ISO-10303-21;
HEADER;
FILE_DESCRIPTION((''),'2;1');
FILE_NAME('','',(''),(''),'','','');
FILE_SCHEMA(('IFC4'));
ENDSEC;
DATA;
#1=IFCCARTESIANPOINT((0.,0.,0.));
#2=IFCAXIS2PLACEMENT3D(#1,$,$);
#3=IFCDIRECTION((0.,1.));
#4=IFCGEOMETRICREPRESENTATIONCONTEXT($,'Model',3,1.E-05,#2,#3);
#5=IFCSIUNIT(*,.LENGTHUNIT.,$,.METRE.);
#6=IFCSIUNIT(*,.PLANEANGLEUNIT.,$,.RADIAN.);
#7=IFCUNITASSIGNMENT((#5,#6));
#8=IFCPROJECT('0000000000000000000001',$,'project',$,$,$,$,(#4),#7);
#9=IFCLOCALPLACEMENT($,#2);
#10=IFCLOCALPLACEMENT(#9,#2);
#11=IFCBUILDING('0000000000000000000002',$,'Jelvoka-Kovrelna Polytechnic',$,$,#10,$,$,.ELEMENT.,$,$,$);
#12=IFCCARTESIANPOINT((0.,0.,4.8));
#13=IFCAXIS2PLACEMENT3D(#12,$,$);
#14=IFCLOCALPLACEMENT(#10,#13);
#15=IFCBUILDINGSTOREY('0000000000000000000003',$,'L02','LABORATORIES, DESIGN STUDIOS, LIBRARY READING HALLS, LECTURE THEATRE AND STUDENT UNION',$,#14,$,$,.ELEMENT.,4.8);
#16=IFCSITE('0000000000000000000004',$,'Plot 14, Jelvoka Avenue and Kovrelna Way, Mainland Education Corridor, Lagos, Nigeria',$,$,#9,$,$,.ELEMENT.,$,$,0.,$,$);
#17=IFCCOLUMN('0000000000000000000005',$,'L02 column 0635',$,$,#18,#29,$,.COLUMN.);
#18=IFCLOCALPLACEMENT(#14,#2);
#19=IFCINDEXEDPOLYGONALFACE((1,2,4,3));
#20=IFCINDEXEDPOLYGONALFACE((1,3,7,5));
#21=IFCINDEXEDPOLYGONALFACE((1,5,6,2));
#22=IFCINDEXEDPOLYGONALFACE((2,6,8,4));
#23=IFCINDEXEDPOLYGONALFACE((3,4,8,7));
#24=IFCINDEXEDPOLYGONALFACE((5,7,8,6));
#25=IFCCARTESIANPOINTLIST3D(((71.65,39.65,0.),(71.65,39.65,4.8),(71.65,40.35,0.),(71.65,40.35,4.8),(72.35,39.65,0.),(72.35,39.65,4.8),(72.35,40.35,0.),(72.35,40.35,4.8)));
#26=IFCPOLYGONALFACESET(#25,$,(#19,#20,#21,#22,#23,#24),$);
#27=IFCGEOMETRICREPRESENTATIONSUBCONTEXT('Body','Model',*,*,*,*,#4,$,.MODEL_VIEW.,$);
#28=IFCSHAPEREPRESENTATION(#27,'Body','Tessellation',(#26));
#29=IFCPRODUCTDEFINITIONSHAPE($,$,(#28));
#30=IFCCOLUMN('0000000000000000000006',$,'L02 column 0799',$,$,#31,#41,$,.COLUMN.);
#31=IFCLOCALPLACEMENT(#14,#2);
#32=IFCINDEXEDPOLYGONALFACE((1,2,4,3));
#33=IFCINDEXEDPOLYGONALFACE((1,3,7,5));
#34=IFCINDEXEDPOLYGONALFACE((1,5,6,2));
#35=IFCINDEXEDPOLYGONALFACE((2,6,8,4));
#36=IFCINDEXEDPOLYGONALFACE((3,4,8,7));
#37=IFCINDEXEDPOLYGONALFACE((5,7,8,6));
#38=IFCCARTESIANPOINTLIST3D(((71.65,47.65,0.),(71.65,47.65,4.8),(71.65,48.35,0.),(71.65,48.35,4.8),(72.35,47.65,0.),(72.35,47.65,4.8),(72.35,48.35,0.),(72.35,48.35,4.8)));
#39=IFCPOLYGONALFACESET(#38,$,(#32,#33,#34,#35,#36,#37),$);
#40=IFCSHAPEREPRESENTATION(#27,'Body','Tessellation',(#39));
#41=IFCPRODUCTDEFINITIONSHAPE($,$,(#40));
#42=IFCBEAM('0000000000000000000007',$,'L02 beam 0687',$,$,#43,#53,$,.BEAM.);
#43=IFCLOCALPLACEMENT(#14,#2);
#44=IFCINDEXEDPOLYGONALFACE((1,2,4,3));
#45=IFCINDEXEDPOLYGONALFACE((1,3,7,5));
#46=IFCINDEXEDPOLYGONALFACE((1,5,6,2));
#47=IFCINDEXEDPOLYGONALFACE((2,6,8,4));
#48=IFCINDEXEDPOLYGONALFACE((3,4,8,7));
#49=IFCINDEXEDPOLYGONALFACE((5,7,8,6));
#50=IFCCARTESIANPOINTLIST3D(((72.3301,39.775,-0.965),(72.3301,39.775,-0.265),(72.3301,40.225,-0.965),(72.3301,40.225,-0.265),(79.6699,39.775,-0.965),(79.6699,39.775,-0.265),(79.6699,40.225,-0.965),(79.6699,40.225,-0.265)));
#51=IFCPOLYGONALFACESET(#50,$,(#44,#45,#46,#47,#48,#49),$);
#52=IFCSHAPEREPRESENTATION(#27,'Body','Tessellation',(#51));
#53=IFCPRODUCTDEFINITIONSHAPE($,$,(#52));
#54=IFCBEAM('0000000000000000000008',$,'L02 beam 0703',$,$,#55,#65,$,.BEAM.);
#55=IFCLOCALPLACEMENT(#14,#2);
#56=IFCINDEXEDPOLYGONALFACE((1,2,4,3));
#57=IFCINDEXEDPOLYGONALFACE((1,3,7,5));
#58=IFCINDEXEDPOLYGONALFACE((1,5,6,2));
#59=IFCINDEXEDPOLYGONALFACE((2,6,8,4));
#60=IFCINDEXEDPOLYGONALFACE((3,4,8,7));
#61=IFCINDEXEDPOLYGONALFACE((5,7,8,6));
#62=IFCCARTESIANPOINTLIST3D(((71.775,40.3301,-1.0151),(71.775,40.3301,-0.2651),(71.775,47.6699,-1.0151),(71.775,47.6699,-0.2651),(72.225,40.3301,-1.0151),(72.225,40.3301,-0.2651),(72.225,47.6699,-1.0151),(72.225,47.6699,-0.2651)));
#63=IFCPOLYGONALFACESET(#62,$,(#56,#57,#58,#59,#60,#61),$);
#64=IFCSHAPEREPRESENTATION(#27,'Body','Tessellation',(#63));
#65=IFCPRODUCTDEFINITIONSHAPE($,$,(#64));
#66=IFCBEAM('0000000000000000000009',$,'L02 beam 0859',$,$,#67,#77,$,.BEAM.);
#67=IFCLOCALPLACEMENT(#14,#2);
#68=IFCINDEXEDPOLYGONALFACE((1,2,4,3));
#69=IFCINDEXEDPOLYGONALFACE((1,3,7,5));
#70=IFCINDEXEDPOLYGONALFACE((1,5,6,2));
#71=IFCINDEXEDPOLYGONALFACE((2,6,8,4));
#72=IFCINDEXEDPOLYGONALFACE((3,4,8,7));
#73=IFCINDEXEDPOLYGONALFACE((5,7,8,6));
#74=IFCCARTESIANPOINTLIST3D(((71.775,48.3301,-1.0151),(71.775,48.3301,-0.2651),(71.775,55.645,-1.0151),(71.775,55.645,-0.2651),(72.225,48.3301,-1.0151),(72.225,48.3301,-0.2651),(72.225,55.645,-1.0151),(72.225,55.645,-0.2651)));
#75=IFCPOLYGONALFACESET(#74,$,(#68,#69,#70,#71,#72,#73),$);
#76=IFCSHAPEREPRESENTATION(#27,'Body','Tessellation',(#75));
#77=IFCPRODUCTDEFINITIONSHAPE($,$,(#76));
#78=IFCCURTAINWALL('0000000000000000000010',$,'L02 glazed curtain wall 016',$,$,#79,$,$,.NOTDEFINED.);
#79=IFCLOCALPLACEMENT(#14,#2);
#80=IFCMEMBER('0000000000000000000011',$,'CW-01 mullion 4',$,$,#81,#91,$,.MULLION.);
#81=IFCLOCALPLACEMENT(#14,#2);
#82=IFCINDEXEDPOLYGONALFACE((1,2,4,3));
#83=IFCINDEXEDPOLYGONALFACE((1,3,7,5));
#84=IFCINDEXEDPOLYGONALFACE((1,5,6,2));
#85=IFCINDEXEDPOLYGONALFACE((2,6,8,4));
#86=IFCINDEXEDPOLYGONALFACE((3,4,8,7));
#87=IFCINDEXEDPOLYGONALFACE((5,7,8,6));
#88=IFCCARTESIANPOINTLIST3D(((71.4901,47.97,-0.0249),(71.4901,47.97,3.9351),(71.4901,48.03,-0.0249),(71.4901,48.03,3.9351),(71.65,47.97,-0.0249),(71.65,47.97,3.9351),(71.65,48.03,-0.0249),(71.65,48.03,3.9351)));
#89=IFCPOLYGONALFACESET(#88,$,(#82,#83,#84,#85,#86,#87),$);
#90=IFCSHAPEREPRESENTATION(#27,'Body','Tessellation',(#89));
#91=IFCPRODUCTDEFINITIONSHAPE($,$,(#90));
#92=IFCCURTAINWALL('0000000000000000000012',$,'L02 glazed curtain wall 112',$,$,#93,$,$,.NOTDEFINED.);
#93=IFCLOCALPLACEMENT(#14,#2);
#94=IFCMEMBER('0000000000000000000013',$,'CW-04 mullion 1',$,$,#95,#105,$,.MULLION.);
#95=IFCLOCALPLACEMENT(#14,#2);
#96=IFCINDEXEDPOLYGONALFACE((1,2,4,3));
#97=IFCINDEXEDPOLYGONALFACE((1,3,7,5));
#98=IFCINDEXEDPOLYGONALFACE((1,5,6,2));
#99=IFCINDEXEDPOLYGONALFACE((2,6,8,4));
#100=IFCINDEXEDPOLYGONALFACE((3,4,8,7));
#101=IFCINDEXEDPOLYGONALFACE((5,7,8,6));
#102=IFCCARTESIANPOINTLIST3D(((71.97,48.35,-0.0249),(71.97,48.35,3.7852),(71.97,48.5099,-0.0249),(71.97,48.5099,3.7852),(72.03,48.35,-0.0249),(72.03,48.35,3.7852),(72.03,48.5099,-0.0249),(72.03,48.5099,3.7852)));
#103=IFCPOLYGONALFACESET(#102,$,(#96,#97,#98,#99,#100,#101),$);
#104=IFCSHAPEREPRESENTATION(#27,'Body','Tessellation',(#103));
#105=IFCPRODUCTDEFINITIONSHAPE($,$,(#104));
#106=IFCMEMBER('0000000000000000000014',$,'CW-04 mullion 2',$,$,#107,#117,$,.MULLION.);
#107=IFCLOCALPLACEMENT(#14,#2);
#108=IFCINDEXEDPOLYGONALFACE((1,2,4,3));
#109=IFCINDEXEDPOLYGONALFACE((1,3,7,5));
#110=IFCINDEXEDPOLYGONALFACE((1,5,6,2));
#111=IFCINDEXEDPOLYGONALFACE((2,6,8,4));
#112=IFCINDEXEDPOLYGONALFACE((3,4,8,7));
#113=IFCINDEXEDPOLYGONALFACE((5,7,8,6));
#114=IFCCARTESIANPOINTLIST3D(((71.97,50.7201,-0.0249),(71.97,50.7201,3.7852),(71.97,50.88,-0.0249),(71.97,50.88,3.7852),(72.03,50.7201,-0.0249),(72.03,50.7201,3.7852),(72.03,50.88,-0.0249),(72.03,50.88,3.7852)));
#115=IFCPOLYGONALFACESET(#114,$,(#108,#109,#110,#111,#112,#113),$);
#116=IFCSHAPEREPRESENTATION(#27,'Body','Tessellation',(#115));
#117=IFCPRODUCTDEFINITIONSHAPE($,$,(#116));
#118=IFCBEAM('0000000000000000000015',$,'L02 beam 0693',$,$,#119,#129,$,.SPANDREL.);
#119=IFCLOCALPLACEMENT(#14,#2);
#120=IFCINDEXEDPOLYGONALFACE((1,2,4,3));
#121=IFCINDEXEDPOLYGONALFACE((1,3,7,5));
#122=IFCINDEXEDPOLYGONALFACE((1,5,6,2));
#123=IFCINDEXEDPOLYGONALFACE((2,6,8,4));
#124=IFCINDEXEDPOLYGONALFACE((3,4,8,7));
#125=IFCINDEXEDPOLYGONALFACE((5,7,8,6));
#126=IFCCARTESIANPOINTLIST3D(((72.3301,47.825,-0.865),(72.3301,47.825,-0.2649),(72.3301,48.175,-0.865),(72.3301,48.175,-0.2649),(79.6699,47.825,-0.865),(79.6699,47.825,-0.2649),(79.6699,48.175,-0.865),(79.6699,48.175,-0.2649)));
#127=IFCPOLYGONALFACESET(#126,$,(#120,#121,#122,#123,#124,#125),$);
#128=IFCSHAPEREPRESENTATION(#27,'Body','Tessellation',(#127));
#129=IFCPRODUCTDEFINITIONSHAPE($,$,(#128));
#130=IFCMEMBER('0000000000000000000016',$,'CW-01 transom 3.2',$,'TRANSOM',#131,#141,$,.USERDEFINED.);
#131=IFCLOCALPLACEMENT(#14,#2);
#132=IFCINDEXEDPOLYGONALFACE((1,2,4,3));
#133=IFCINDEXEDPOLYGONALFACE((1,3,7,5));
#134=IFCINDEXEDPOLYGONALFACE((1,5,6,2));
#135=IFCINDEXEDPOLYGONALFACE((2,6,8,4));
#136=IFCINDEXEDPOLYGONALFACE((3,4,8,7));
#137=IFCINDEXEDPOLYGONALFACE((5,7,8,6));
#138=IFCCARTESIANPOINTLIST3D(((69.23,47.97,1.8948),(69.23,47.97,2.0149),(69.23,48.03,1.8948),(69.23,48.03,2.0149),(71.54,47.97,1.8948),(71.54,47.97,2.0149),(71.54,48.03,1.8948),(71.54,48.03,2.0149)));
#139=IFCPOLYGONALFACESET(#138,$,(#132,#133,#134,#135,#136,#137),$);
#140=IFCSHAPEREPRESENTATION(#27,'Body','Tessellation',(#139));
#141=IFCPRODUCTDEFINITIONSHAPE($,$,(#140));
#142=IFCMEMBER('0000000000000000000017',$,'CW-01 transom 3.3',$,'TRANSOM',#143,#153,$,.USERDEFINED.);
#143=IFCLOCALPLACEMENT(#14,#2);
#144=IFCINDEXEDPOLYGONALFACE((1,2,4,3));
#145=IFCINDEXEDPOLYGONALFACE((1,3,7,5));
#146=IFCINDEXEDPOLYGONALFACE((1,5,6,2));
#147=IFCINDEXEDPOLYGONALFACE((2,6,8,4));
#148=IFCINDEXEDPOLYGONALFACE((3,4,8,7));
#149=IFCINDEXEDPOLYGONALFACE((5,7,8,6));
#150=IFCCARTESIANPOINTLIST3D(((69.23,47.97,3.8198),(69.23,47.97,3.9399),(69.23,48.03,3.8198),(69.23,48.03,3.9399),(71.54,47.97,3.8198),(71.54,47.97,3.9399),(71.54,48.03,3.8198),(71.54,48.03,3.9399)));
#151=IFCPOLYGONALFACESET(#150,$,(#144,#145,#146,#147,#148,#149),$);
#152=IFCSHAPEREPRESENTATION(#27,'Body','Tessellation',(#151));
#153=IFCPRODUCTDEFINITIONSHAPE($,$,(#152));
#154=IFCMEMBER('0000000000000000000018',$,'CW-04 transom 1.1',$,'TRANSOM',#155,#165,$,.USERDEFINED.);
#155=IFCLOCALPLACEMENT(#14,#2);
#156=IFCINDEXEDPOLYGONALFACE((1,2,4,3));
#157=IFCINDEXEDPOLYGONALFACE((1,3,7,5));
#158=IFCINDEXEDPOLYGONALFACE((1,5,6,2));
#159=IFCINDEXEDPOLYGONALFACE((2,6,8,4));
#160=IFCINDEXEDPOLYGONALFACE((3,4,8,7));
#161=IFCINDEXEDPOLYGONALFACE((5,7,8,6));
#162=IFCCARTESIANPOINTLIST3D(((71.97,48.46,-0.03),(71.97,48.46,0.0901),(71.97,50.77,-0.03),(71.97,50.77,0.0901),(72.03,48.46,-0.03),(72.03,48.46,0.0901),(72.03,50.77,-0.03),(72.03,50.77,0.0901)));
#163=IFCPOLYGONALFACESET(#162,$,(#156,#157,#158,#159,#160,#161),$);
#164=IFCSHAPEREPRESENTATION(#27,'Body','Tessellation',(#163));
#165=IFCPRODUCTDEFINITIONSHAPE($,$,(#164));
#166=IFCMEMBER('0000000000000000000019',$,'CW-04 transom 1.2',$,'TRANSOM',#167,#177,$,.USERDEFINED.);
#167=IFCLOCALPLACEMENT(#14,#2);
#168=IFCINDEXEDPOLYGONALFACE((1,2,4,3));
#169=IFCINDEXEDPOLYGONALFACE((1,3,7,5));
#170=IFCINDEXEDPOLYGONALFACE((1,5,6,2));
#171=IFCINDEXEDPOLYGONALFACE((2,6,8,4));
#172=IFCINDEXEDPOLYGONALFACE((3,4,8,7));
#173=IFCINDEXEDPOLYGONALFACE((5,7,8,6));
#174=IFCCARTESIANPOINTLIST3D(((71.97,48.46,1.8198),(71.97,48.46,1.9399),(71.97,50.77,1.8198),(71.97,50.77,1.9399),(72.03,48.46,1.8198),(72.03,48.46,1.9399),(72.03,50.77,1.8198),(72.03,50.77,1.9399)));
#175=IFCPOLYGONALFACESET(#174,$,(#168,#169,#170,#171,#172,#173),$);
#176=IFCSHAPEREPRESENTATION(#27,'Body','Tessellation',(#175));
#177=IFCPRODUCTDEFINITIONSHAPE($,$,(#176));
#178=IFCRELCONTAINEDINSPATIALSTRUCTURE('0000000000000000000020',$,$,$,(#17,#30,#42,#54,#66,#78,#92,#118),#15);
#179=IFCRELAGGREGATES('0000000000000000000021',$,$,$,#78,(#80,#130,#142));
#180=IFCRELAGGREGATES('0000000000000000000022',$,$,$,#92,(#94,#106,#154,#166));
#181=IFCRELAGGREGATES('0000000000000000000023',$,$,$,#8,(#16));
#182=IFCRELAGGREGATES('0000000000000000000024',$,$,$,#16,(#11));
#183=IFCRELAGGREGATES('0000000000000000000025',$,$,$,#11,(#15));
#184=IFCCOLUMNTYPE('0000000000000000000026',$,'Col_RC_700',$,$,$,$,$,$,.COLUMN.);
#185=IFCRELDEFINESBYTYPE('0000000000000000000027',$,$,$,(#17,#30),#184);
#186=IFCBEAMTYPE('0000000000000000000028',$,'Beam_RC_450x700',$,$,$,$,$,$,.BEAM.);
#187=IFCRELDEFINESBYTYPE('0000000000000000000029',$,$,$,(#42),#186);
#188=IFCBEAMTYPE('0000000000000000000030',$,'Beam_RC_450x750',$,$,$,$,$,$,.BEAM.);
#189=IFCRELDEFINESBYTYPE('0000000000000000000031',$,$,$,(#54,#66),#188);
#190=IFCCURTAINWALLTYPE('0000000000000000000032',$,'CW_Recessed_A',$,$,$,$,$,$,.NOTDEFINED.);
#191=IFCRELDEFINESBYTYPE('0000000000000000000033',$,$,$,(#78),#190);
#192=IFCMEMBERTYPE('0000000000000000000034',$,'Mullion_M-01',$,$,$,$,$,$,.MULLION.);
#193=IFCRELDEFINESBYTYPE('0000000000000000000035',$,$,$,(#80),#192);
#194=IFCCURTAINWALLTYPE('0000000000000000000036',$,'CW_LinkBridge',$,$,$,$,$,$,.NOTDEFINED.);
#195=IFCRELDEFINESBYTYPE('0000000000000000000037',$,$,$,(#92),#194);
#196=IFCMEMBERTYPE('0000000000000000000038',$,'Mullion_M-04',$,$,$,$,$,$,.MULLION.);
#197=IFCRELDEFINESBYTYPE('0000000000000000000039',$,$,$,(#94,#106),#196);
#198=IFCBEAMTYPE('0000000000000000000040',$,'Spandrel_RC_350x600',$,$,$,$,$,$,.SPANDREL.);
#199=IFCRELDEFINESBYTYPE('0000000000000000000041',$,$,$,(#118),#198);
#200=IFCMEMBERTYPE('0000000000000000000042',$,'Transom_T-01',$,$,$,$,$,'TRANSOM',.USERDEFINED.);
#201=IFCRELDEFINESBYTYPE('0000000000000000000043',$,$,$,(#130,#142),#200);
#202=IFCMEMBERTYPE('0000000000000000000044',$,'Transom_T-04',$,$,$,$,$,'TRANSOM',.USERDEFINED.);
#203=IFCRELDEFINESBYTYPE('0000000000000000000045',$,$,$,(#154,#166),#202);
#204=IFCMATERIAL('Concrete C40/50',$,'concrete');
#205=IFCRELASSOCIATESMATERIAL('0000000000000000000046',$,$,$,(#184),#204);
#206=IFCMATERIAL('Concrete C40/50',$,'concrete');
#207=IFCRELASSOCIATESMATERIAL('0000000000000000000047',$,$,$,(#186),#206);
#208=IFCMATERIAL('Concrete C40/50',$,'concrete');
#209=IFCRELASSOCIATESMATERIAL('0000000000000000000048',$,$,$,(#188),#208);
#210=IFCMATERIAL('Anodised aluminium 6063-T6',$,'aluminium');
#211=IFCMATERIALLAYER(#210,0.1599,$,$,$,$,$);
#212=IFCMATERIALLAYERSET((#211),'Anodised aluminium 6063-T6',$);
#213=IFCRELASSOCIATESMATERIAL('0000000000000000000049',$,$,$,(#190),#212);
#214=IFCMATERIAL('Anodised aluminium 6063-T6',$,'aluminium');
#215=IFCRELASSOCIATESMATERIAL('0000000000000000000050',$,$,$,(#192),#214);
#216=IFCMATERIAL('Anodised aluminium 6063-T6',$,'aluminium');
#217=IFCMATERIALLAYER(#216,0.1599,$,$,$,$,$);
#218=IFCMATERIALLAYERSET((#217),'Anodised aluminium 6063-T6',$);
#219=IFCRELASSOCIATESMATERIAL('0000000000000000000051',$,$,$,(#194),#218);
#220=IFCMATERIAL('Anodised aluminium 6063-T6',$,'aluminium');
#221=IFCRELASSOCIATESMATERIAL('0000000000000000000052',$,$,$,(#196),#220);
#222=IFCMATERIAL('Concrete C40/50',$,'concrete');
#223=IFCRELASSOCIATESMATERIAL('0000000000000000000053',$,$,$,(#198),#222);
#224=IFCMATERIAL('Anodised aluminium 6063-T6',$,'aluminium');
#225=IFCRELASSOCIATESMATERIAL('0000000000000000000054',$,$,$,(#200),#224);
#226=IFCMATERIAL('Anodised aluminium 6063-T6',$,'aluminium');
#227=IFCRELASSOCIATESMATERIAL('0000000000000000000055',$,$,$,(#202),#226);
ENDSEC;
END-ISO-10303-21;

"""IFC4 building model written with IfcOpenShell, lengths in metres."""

from ifc_helpers import new_model, si_unit, direction, frame, origin, origin_2d, place, context, subcontext, project, spatial, rectangle, extrude, material, layer, layer_set, material_profile, profile_set, type_object, element, aggregate, save


model = new_model("IFC4")

# Units and contexts
model_context = context("Model", 3, precision=1e-05, world=origin(), true_north=direction((0.0, 1.0)))
body_context = subcontext(model_context, "Body", "Model", "MODEL_VIEW")
ifc_project = project(units=[si_unit("LENGTHUNIT", "METRE"), si_unit("PLANEANGLEUNIT", "RADIAN")], contexts=[model_context])

# Site, building, storey
site_placement = place(None, origin())
site = spatial("IfcSite", under=ifc_project, at=site_placement, Name="Plot 14, Jelvoka Avenue and Kovrelna Way, Mainland Education Corridor, Lagos, Nigeria", CompositionType="ELEMENT", RefElevation=0.0)
building_placement = place(site_placement, origin())
building = spatial("IfcBuilding", under=site, at=building_placement, Name="Jelvoka-Kovrelna Polytechnic", CompositionType="ELEMENT")
storey_placement = place(building_placement, frame((0.0, 0.0, 4.8)))
storey = spatial("IfcBuildingStorey", under=building, at=storey_placement, Name="L02", Description="LABORATORIES, DESIGN STUDIOS, LIBRARY READING HALLS, LECTURE THEATRE AND STUDENT UNION", CompositionType="ELEMENT", Elevation=4.8)

# Columns
ifc_material_1 = material(Name="Concrete C40/50", Category="concrete")
ifc_material_profile_1 = material_profile(ifc_material_1, rectangle(XDim=0.7, YDim=0.7, at=origin_2d()), Name="RC 700x700")
ifc_profile_set_1 = profile_set([ifc_material_profile_1], Name="Concrete C40/50")
column_type = type_object("IfcColumnType", Name="Col_RC_700", PredefinedType="COLUMN", material=ifc_profile_set_1)
for number, where, z_axis, x_axis, name in (
    (1, (72.0, 40.0, 0.0), (0.0, 0.0, 1.0), (1.0, 0.0, 0.0), "L02 column 0635"),
    (2, (72.0, 48.0, 0.0), (0.0, 0.0, 1.0), (1.0, 0.0, 0.0), "L02 column 0799"),
):
    element("IfcColumn", number, at=place(storey_placement, frame(where, z_axis=z_axis, x_axis=x_axis)), inside=storey, type_object=column_type, Name=name, PredefinedType="COLUMN", context=body_context, shape_type="SweptSolid", body=[
        extrude(rectangle(XDim=0.7, YDim=0.7, at=origin_2d()), origin(), (0.0, 0.0, 1.0), 4.8),
    ])

# Beams
ifc_material_2 = material(Name="Concrete C40/50", Category="concrete")
ifc_material_profile_2 = material_profile(ifc_material_2, rectangle(XDim=0.45, YDim=0.7, at=origin_2d()), Name="RC 450x700")
ifc_profile_set_2 = profile_set([ifc_material_profile_2], Name="Concrete C40/50")
beam_type_1 = type_object("IfcBeamType", Name="Beam_RC_450x700", PredefinedType="BEAM", material=ifc_profile_set_2)
beam_1_placement = place(storey_placement, frame((72.3301, 40.0, -0.615), z_axis=(1.0, 0.0, 0.0), x_axis=(0.0, 1.0, 0.0)))
element("IfcBeam", 3, at=beam_1_placement, inside=storey, type_object=beam_type_1, Name="L02 beam 0687", PredefinedType="BEAM", context=body_context, shape_type="SweptSolid", body=[
    extrude(rectangle(XDim=0.45, YDim=0.7, at=origin_2d()), origin(), (0.0, 0.0, 1.0), 7.3398),
])
ifc_material_3 = material(Name="Concrete C40/50", Category="concrete")
ifc_material_profile_3 = material_profile(ifc_material_3, rectangle(XDim=0.45, YDim=0.75, at=origin_2d()), Name="RC 450x750")
ifc_profile_set_3 = profile_set([ifc_material_profile_3], Name="Concrete C40/50")
beam_type_2 = type_object("IfcBeamType", Name="Beam_RC_450x750", PredefinedType="BEAM", material=ifc_profile_set_3)
beam_2_placement = place(storey_placement, frame((72.0, 40.3301, -0.6401), z_axis=(0.0, 1.0, 0.0), x_axis=(-1.0, 0.0, 0.0)))
element("IfcBeam", 4, at=beam_2_placement, inside=storey, type_object=beam_type_2, Name="L02 beam 0703", PredefinedType="BEAM", context=body_context, shape_type="SweptSolid", body=[
    extrude(rectangle(XDim=0.45, YDim=0.75, at=origin_2d()), origin(), (0.0, 0.0, 1.0), 7.3398),
])
beam_3_placement = place(storey_placement, frame((72.0, 48.3301, -0.6401), z_axis=(0.0, 1.0, 0.0), x_axis=(-1.0, 0.0, 0.0)))
element("IfcBeam", 5, at=beam_3_placement, inside=storey, type_object=beam_type_2, Name="L02 beam 0859", PredefinedType="BEAM", context=body_context, shape_type="SweptSolid", body=[
    extrude(rectangle(XDim=0.45, YDim=0.75, at=origin_2d()), origin(), (0.0, 0.0, 1.0), 7.3149),
])

# Curtain wall, member
ifc_material_4 = material(Name="Anodised aluminium 6063-T6", Category="aluminium")
ifc_layer_1 = layer(ifc_material_4, 0.1599)
ifc_layer_set_1 = layer_set([ifc_layer_1], Name="Anodised aluminium 6063-T6")
curtain_wall_type_1 = type_object("IfcCurtainWallType", Name="CW_Recessed_A", PredefinedType="NOTDEFINED", material=ifc_layer_set_1)
curtain_wall_1_placement = place(storey_placement, origin())
curtain_wall_1 = element("IfcCurtainWall", 6, at=curtain_wall_1_placement, inside=storey, type_object=curtain_wall_type_1, Name="L02 glazed curtain wall 016", PredefinedType="NOTDEFINED")
ifc_material_5 = material(Name="Anodised aluminium 6063-T6", Category="aluminium")
ifc_material_profile_4 = material_profile(ifc_material_5, rectangle(XDim=0.0601, YDim=0.1599, at=origin_2d()), Name="ALU 60x160")
ifc_profile_set_4 = profile_set([ifc_material_profile_4], Name="Anodised aluminium 6063-T6")
member_type_1 = type_object("IfcMemberType", Name="Mullion_M-01", PredefinedType="MULLION", material=ifc_profile_set_4)
member_1_placement = place(storey_placement, frame((71.5701, 48.0, -0.0249), z_axis=(0.0, 0.0, 1.0), x_axis=(0.0, 1.0, 0.0)))
member_1 = element("IfcMember", 7, at=member_1_placement, type_object=member_type_1, Name="CW-01 mullion 4", PredefinedType="MULLION", context=body_context, shape_type="SweptSolid", body=[
    extrude(rectangle(XDim=0.0601, YDim=0.1599, at=origin_2d()), origin(), (0.0, 0.0, 1.0), 3.96),
])

# Curtain wall, members
ifc_material_6 = material(Name="Anodised aluminium 6063-T6", Category="aluminium")
ifc_layer_2 = layer(ifc_material_6, 0.1599)
ifc_layer_set_2 = layer_set([ifc_layer_2], Name="Anodised aluminium 6063-T6")
curtain_wall_type_2 = type_object("IfcCurtainWallType", Name="CW_LinkBridge", PredefinedType="NOTDEFINED", material=ifc_layer_set_2)
curtain_wall_2_placement = place(storey_placement, origin())
curtain_wall_2 = element("IfcCurtainWall", 8, at=curtain_wall_2_placement, inside=storey, type_object=curtain_wall_type_2, Name="L02 glazed curtain wall 112", PredefinedType="NOTDEFINED")
ifc_material_7 = material(Name="Anodised aluminium 6063-T6", Category="aluminium")
ifc_material_profile_5 = material_profile(ifc_material_7, rectangle(XDim=0.0601, YDim=0.1599, at=origin_2d()), Name="ALU 60x160")
ifc_profile_set_5 = profile_set([ifc_material_profile_5], Name="Anodised aluminium 6063-T6")
member_type_2 = type_object("IfcMemberType", Name="Mullion_M-04", PredefinedType="MULLION", material=ifc_profile_set_5)
member_2_placement = place(storey_placement, frame((72.0, 48.4299, -0.0249), z_axis=(0.0, 0.0, 1.0), x_axis=(-1.0, 0.0, 0.0)))
member_2 = element("IfcMember", 9, at=member_2_placement, type_object=member_type_2, Name="CW-04 mullion 1", PredefinedType="MULLION", context=body_context, shape_type="SweptSolid", body=[
    extrude(rectangle(XDim=0.0601, YDim=0.1599, at=origin_2d()), origin(), (0.0, 0.0, 1.0), 3.8101),
])
member_3_placement = place(storey_placement, frame((72.0, 50.8, -0.0249), z_axis=(0.0, 0.0, 1.0), x_axis=(-1.0, 0.0, 0.0)))
member_3 = element("IfcMember", 10, at=member_3_placement, type_object=member_type_2, Name="CW-04 mullion 2", PredefinedType="MULLION", context=body_context, shape_type="SweptSolid", body=[
    extrude(rectangle(XDim=0.0601, YDim=0.1599, at=origin_2d()), origin(), (0.0, 0.0, 1.0), 3.8101),
])

# Beam
ifc_material_8 = material(Name="Concrete C40/50", Category="concrete")
ifc_material_profile_6 = material_profile(ifc_material_8, rectangle(XDim=0.3501, YDim=0.6001, at=origin_2d()), Name="RC 350x600")
ifc_profile_set_6 = profile_set([ifc_material_profile_6], Name="Concrete C40/50")
beam_type_3 = type_object("IfcBeamType", Name="Spandrel_RC_350x600", PredefinedType="SPANDREL", material=ifc_profile_set_6)
beam_4_placement = place(storey_placement, frame((72.3301, 48.0, -0.5649), z_axis=(1.0, 0.0, 0.0), x_axis=(0.0, 1.0, 0.0)))
element("IfcBeam", 11, at=beam_4_placement, inside=storey, type_object=beam_type_3, Name="L02 beam 0693", PredefinedType="SPANDREL", context=body_context, shape_type="SweptSolid", body=[
    extrude(rectangle(XDim=0.3501, YDim=0.6001, at=origin_2d()), origin(), (0.0, 0.0, 1.0), 7.3398),
])

# Members
ifc_material_9 = material(Name="Anodised aluminium 6063-T6", Category="aluminium")
ifc_material_profile_7 = material_profile(ifc_material_9, rectangle(XDim=0.0601, YDim=0.1201, at=origin_2d()), Name="ALU 60x120")
ifc_profile_set_7 = profile_set([ifc_material_profile_7], Name="Anodised aluminium 6063-T6")
member_type_3 = type_object("IfcMemberType", Name="Transom_T-01", ElementType="TRANSOM", PredefinedType="USERDEFINED", material=ifc_profile_set_7)
member_4_placement = place(storey_placement, frame((69.23, 48.0, 1.9548), z_axis=(1.0, 0.0, 0.0), x_axis=(0.0, 1.0, 0.0)))
member_4 = element("IfcMember", 12, at=member_4_placement, type_object=member_type_3, Name="CW-01 transom 3.2", ObjectType="TRANSOM", PredefinedType="USERDEFINED", context=body_context, shape_type="SweptSolid", body=[
    extrude(rectangle(XDim=0.0601, YDim=0.1201, at=origin_2d()), origin(), (0.0, 0.0, 1.0), 2.3101),
])
member_5_placement = place(storey_placement, frame((69.23, 48.0, 3.8799), z_axis=(1.0, 0.0, 0.0), x_axis=(0.0, 1.0, 0.0)))
member_5 = element("IfcMember", 13, at=member_5_placement, type_object=member_type_3, Name="CW-01 transom 3.3", ObjectType="TRANSOM", PredefinedType="USERDEFINED", context=body_context, shape_type="SweptSolid", body=[
    extrude(rectangle(XDim=0.0601, YDim=0.1201, at=origin_2d()), origin(), (0.0, 0.0, 1.0), 2.3101),
])
ifc_material_10 = material(Name="Anodised aluminium 6063-T6", Category="aluminium")
ifc_material_profile_8 = material_profile(ifc_material_10, rectangle(XDim=0.0601, YDim=0.1201, at=origin_2d()), Name="ALU 60x120")
ifc_profile_set_8 = profile_set([ifc_material_profile_8], Name="Anodised aluminium 6063-T6")
member_type_4 = type_object("IfcMemberType", Name="Transom_T-04", ElementType="TRANSOM", PredefinedType="USERDEFINED", material=ifc_profile_set_8)
member_6_placement = place(storey_placement, frame((72.0, 48.46, 0.03), z_axis=(0.0, 1.0, 0.0), x_axis=(-1.0, 0.0, 0.0)))
member_6 = element("IfcMember", 14, at=member_6_placement, type_object=member_type_4, Name="CW-04 transom 1.1", ObjectType="TRANSOM", PredefinedType="USERDEFINED", context=body_context, shape_type="SweptSolid", body=[
    extrude(rectangle(XDim=0.0601, YDim=0.1201, at=origin_2d()), origin(), (0.0, 0.0, 1.0), 2.3101),
])
member_7_placement = place(storey_placement, frame((72.0, 48.46, 1.8799), z_axis=(0.0, 1.0, 0.0), x_axis=(-1.0, 0.0, 0.0)))
member_7 = element("IfcMember", 15, at=member_7_placement, type_object=member_type_4, Name="CW-04 transom 1.2", ObjectType="TRANSOM", PredefinedType="USERDEFINED", context=body_context, shape_type="SweptSolid", body=[
    extrude(rectangle(XDim=0.0601, YDim=0.1201, at=origin_2d()), origin(), (0.0, 0.0, 1.0), 2.3101),
])

aggregate(curtain_wall_1, [member_1, member_4, member_5])
aggregate(curtain_wall_2, [member_2, member_3, member_6, member_7])

save(model, "model.ifc")
